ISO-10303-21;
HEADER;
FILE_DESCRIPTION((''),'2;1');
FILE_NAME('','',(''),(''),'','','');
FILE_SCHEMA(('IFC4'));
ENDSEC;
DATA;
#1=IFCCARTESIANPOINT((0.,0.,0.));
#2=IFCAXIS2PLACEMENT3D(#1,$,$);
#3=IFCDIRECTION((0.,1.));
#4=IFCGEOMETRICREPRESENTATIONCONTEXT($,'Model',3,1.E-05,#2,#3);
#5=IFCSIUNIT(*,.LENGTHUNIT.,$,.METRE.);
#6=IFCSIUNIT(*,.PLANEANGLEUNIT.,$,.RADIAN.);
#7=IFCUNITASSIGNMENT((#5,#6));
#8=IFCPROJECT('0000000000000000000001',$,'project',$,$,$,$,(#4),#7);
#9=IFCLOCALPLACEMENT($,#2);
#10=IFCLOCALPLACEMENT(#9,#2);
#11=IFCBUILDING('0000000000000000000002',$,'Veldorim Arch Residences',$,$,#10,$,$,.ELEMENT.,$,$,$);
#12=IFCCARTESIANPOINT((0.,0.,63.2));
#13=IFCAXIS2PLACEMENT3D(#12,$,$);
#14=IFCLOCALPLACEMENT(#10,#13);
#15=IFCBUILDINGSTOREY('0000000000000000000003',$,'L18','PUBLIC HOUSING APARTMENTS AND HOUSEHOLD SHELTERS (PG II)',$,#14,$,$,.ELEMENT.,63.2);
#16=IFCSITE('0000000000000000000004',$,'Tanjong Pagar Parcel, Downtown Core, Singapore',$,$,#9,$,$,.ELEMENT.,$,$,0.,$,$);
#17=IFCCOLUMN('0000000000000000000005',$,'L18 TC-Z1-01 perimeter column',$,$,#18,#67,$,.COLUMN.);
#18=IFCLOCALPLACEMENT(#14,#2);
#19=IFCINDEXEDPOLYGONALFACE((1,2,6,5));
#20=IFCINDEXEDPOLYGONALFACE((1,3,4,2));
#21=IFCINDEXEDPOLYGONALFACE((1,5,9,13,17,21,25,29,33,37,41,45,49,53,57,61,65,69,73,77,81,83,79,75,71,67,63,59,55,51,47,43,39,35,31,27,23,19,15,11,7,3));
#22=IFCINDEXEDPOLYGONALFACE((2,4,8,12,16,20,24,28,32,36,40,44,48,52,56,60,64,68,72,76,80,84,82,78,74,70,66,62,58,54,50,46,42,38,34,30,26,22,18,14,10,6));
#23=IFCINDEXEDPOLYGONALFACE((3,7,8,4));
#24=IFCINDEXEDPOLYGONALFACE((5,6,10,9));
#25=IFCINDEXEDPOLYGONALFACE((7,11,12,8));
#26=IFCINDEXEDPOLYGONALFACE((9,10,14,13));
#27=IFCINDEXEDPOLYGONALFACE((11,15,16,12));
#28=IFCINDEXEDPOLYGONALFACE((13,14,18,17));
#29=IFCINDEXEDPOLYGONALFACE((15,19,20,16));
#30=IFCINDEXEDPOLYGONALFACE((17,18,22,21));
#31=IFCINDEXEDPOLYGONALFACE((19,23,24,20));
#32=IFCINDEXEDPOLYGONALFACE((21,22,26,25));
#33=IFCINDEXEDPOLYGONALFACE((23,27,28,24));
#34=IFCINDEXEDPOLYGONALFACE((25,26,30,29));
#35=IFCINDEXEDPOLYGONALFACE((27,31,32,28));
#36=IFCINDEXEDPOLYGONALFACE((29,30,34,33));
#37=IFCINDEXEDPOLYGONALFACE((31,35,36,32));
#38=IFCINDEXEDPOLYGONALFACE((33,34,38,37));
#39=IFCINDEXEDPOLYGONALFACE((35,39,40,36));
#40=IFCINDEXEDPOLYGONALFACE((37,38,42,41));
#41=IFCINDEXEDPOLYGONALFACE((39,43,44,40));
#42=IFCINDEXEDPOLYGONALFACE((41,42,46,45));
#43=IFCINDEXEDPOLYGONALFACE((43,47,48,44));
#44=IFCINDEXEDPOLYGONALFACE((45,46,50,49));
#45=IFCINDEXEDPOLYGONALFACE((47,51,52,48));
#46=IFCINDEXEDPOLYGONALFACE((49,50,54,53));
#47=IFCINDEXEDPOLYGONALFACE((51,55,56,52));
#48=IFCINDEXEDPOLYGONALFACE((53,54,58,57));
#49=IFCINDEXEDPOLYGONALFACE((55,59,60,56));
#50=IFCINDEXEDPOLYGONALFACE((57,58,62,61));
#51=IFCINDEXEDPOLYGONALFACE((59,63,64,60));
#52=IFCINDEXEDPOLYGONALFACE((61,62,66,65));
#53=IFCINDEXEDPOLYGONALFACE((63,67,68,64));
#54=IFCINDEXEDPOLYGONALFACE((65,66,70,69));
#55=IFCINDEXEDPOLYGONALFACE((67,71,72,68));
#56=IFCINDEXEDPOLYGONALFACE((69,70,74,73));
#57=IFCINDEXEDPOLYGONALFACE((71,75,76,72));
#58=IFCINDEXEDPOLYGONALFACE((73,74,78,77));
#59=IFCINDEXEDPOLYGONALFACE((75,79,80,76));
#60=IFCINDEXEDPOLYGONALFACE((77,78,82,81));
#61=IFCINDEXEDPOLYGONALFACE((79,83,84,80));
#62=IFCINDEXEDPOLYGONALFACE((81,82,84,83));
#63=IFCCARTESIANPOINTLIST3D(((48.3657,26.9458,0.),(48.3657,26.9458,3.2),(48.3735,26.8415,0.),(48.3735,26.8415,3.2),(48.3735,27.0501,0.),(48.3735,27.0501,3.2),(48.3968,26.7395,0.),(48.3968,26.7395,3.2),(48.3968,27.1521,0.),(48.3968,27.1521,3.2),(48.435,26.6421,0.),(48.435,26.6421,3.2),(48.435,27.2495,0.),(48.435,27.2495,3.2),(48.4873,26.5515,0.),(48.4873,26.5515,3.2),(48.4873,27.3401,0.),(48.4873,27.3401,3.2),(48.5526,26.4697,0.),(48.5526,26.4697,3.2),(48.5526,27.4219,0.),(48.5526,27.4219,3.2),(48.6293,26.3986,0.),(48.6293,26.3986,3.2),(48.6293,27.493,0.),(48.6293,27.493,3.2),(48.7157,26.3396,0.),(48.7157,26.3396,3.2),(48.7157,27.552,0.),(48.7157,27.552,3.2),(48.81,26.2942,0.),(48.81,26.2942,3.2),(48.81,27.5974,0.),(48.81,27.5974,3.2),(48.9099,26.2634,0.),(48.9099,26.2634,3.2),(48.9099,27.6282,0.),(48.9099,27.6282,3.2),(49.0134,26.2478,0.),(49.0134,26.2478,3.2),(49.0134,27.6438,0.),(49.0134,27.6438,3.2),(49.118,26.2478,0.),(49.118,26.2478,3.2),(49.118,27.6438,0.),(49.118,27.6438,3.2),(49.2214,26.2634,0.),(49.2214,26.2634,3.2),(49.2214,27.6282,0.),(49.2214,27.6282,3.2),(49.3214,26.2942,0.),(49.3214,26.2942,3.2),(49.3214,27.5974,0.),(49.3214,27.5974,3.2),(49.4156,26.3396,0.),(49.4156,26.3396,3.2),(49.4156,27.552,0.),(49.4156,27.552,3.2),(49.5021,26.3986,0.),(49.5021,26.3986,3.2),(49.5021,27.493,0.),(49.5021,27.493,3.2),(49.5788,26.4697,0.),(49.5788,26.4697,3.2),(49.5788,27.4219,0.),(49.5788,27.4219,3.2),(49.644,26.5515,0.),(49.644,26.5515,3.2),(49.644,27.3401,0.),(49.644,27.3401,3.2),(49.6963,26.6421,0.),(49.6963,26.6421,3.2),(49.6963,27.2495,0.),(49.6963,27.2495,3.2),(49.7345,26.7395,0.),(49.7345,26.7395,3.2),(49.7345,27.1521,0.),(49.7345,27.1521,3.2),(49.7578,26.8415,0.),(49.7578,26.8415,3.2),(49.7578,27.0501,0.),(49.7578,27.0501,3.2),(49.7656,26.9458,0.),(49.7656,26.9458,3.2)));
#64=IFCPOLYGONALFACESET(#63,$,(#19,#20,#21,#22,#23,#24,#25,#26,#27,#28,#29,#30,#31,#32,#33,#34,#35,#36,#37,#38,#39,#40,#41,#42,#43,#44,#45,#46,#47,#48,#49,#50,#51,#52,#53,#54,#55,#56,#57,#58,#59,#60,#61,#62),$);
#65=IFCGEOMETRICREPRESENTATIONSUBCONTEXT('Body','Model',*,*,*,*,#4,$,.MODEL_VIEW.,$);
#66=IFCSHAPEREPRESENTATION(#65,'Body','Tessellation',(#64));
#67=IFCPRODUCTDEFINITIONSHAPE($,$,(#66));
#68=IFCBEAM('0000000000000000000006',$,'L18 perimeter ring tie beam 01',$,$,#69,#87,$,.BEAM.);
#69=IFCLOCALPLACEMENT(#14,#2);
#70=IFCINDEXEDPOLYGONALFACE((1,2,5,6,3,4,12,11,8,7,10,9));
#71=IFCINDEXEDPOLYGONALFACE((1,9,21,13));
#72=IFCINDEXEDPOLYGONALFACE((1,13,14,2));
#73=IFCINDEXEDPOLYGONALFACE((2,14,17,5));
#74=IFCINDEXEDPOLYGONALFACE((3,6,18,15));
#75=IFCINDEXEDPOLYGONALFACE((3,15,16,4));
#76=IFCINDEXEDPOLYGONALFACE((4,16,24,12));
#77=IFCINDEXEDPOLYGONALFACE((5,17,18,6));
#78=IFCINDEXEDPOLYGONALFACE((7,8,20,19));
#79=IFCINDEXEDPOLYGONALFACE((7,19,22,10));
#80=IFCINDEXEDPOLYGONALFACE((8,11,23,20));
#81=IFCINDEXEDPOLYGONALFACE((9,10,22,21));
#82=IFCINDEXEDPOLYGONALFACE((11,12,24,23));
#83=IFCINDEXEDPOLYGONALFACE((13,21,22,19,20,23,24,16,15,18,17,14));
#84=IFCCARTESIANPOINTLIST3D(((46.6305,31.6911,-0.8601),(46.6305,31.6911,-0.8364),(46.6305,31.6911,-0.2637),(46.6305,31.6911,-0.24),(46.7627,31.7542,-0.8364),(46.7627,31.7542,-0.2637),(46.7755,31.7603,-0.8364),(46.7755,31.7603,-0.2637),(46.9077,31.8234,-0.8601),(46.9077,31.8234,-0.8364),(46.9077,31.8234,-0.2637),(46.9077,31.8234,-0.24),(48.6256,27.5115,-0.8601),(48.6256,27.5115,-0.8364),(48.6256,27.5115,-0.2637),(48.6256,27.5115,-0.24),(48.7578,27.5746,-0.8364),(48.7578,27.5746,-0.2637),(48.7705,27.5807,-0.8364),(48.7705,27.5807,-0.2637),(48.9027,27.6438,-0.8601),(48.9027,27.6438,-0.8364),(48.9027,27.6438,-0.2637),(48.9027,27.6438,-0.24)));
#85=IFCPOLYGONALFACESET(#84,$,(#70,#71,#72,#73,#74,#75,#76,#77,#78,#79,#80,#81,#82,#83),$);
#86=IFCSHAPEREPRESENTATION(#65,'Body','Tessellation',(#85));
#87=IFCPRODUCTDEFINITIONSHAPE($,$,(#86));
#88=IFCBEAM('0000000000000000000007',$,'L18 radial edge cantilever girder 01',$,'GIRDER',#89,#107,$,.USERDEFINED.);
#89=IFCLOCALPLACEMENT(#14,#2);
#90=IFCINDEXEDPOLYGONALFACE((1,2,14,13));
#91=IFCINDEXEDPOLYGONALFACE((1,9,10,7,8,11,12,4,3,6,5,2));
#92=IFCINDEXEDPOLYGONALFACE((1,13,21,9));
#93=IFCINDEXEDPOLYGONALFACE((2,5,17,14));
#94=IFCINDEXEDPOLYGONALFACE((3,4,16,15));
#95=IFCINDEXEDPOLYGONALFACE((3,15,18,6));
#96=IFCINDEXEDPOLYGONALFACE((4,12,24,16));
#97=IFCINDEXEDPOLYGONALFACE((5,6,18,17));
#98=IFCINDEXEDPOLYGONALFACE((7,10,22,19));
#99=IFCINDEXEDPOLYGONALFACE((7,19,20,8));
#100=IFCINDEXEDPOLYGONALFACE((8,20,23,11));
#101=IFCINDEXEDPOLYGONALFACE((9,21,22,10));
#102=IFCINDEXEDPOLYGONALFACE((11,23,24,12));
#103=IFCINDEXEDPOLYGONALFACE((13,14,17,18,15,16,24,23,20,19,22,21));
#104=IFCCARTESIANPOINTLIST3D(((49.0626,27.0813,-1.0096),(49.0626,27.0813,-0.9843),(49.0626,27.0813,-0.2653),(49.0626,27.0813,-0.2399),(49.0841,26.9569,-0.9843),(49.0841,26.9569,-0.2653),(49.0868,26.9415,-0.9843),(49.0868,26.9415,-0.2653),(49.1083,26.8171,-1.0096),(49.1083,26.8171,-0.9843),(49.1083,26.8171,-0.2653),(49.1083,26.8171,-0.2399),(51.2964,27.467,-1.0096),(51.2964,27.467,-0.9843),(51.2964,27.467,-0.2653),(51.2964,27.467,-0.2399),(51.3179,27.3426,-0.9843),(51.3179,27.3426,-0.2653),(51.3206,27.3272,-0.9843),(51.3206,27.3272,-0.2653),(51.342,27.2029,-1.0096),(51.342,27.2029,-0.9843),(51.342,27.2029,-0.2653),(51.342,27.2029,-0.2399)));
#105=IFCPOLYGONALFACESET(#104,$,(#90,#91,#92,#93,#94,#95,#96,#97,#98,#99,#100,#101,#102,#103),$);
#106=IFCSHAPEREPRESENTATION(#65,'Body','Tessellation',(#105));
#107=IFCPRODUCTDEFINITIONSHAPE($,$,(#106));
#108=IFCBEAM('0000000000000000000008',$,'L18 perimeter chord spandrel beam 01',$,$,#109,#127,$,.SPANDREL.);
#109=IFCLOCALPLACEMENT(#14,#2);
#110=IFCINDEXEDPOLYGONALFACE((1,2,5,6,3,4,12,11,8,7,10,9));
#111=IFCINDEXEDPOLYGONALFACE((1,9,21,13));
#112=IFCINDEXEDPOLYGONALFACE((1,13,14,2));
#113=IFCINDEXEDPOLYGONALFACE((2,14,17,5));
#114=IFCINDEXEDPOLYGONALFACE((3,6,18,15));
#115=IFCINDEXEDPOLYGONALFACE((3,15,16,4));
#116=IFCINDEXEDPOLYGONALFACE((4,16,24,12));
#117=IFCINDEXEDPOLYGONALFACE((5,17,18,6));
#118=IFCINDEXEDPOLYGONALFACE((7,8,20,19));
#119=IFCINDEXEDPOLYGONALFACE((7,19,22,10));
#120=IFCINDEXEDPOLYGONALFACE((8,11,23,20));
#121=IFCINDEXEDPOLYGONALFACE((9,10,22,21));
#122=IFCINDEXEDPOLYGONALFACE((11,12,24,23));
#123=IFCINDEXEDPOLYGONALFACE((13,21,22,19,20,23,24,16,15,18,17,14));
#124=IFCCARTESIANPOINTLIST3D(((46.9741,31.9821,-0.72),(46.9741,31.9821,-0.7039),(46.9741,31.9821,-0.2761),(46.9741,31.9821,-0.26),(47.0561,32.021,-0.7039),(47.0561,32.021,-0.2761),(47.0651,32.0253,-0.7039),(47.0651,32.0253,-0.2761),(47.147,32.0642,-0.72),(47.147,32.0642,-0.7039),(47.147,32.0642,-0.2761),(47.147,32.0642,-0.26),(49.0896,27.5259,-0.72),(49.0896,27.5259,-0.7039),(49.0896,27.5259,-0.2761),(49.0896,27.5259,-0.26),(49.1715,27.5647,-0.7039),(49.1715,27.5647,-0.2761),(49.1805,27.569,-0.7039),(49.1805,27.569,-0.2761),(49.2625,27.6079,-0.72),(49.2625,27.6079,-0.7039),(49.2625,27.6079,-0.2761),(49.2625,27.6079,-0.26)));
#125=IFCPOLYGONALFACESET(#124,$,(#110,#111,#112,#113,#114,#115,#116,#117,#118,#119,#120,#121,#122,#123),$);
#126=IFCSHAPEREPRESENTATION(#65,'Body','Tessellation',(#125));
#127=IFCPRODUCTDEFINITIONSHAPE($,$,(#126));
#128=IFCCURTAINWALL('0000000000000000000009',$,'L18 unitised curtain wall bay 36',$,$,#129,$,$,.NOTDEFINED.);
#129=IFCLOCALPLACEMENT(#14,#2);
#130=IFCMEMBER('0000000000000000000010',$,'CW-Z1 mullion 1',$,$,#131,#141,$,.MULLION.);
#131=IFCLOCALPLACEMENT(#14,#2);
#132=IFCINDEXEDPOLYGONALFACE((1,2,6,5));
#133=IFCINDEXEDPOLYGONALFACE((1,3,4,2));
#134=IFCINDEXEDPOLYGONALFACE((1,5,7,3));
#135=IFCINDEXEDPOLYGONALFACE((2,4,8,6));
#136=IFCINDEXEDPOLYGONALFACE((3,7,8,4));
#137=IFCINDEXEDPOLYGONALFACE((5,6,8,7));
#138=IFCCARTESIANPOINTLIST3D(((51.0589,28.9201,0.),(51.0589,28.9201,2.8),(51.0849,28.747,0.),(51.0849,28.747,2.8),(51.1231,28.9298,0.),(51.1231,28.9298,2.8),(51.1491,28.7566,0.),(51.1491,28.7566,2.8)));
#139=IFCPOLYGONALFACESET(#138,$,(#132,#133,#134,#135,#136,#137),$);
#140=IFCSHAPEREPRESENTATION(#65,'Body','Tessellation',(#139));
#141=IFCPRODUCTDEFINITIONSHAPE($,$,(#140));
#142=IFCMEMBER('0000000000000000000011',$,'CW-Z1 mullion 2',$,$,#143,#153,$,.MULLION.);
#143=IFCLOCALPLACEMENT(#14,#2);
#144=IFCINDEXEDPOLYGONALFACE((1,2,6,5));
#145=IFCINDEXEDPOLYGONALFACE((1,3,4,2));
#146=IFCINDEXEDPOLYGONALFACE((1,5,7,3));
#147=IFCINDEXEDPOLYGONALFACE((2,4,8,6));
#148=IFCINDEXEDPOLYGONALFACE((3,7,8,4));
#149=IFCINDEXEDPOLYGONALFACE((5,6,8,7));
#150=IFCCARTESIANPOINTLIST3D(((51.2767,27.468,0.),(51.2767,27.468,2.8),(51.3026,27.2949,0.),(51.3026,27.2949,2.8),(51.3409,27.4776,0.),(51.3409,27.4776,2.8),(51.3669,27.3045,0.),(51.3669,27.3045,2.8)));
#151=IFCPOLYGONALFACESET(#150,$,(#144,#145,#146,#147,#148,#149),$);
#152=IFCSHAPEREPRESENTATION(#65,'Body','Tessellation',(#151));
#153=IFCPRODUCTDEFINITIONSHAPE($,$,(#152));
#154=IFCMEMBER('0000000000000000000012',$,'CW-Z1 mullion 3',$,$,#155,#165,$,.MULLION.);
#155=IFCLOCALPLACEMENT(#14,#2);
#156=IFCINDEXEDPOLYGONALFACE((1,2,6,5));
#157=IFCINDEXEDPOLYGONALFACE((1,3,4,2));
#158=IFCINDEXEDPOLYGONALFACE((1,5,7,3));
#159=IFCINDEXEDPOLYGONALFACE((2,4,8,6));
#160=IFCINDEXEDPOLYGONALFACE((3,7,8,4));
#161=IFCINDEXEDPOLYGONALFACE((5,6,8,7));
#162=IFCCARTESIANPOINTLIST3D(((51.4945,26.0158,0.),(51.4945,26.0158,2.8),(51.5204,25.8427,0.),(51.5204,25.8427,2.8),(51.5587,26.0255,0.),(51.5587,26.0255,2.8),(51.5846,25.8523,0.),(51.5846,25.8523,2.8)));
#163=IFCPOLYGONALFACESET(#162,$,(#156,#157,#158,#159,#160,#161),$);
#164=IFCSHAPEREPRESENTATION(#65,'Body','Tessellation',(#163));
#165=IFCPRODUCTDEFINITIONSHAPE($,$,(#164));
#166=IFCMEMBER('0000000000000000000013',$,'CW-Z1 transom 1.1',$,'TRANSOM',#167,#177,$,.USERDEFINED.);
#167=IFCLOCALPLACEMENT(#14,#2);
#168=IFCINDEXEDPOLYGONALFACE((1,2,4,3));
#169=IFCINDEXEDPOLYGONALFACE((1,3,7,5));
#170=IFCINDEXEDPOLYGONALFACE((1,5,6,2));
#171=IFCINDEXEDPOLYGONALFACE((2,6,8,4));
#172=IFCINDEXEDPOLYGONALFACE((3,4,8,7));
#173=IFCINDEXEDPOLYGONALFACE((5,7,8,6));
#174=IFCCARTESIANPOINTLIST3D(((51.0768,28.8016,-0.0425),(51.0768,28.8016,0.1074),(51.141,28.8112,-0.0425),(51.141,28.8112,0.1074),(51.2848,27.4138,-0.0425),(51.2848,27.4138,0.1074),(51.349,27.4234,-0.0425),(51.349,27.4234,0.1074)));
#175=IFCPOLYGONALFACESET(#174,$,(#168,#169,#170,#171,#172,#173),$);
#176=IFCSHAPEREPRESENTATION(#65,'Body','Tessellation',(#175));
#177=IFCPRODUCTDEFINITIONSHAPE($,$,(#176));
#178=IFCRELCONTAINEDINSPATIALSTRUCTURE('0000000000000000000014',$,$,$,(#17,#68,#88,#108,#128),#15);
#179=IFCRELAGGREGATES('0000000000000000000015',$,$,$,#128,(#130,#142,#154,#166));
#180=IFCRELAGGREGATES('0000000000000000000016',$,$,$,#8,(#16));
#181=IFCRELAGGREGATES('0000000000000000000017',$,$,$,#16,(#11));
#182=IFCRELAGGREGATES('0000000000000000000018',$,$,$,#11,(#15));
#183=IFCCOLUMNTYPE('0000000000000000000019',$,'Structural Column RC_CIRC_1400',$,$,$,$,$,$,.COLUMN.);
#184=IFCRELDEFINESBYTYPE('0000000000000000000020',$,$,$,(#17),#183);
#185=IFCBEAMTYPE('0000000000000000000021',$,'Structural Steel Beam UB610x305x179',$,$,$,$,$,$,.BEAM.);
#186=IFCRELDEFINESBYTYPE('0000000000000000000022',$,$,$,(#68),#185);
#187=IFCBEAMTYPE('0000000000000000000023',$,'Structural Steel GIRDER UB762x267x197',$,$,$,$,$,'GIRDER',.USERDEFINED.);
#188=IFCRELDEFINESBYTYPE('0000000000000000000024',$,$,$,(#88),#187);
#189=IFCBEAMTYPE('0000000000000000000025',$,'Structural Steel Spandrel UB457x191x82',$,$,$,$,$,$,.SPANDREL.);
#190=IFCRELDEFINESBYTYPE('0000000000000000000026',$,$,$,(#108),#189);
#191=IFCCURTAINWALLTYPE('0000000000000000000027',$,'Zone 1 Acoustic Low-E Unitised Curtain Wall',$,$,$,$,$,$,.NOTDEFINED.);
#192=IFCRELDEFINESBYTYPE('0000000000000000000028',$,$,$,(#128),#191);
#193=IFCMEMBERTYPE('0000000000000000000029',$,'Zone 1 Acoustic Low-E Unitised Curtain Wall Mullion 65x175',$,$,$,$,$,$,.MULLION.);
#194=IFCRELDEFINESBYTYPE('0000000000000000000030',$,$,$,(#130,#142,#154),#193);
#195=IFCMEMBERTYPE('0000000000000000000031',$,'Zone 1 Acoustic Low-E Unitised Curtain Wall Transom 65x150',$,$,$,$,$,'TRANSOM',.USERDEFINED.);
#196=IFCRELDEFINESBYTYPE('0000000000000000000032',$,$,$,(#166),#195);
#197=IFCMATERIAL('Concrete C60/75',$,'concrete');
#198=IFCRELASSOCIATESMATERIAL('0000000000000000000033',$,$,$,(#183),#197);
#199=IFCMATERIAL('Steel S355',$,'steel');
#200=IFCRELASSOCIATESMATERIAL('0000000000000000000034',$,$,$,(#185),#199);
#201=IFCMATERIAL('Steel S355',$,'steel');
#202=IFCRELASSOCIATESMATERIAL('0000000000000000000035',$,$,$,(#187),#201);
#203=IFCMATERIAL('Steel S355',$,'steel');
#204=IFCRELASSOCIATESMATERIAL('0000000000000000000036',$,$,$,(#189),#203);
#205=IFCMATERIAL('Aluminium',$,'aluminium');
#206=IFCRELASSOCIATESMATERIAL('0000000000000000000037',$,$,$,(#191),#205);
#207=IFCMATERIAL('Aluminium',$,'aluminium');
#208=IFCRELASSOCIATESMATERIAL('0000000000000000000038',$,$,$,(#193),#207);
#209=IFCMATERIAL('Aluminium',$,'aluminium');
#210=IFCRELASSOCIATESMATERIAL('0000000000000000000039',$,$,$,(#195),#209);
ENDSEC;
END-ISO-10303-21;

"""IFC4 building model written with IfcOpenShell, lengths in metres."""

from ifc_helpers import new_model, si_unit, direction, frame, origin, origin_2d, place, context, subcontext, project, spatial, rectangle, circle, i_section, extrude, material, material_profile, profile_set, type_object, element, aggregate, save


model = new_model("IFC4")

# Units and contexts
model_context = context("Model", 3, precision=1e-05, world=origin(), true_north=direction((0.0, 1.0)))
body_context = subcontext(model_context, "Body", "Model", "MODEL_VIEW")
ifc_project = project(units=[si_unit("LENGTHUNIT", "METRE"), si_unit("PLANEANGLEUNIT", "RADIAN")], contexts=[model_context])

# Site, building, storey
site_placement = place(None, origin())
site = spatial("IfcSite", under=ifc_project, at=site_placement, Name="Tanjong Pagar Parcel, Downtown Core, Singapore", CompositionType="ELEMENT", RefElevation=0.0)
building_placement = place(site_placement, origin())
building = spatial("IfcBuilding", under=site, at=building_placement, Name="Veldorim Arch Residences", CompositionType="ELEMENT")
storey_placement = place(building_placement, frame((0.0, 0.0, 63.2)))
storey = spatial("IfcBuildingStorey", under=building, at=storey_placement, Name="L18", Description="PUBLIC HOUSING APARTMENTS AND HOUSEHOLD SHELTERS (PG II)", CompositionType="ELEMENT", Elevation=63.2)

# Column
ifc_material_1 = material(Name="Concrete C60/75", Category="concrete")
ifc_material_profile_1 = material_profile(ifc_material_1, circle(Radius=0.7, at=origin_2d()), Name="RC_CIRC_1400")
ifc_profile_set_1 = profile_set([ifc_material_profile_1], Name="Concrete C60/75")
column_type = type_object("IfcColumnType", Name="Structural Column RC_CIRC_1400", PredefinedType="COLUMN", material=ifc_profile_set_1)
column_placement = place(storey_placement, frame((49.0657, 26.9458, 0.0), z_axis=(0.0, 0.0, 1.0), x_axis=(1.0, 0.0, 0.0)))
element("IfcColumn", 1, at=column_placement, inside=storey, type_object=column_type, Name="L18 TC-Z1-01 perimeter column", PredefinedType="COLUMN", context=body_context, shape_type="SweptSolid", body=[
    extrude(circle(Radius=0.7, at=origin_2d()), origin(), (0.0, 0.0, 1.0), 3.2),
])

# Beams
ifc_material_2 = material(Name="Steel S355", Category="steel")
ifc_material_profile_2 = material_profile(ifc_material_2, i_section(OverallWidth=0.3071, OverallDepth=0.6201, WebThickness=0.0142, FlangeThickness=0.0237, at=origin_2d()), Name="UB610x305x179")
ifc_profile_set_2 = profile_set([ifc_material_profile_2], Name="Steel S355")
beam_type_1 = type_object("IfcBeamType", Name="Structural Steel Beam UB610x305x179", PredefinedType="BEAM", material=ifc_profile_set_2)
beam_1_placement = place(storey_placement, frame((48.7642, 27.5776, -0.55), z_axis=(-0.430776, 0.902459, 0.0), x_axis=(-0.902459, -0.430776, 0.0)))
element("IfcBeam", 2, at=beam_1_placement, inside=storey, type_object=beam_type_1, Name="L18 perimeter ring tie beam 01", PredefinedType="BEAM", context=body_context, shape_type="SweptSolid", body=[
    extrude(i_section(OverallWidth=0.3071, OverallDepth=0.6201, WebThickness=0.0142, FlangeThickness=0.0237, at=origin_2d()), origin(), (0.0, 0.0, 1.0), 4.6313),
])
ifc_material_3 = material(Name="Steel S355", Category="steel")
ifc_material_profile_3 = material_profile(ifc_material_3, i_section(OverallWidth=0.2681, OverallDepth=0.7698, WebThickness=0.0156, FlangeThickness=0.0254, at=origin_2d()), Name="UB762x267x197")
ifc_profile_set_3 = profile_set([ifc_material_profile_3], Name="Steel S355")
beam_type_2 = type_object("IfcBeamType", Name="Structural Steel GIRDER UB762x267x197", ElementType="GIRDER", PredefinedType="USERDEFINED", material=ifc_profile_set_3)
beam_2_placement = place(storey_placement, frame((49.0854, 26.9492, -0.6248), z_axis=(0.985417, 0.170159, 0.0), x_axis=(-0.170159, 0.985417, 0.0)))
element("IfcBeam", 3, at=beam_2_placement, inside=storey, type_object=beam_type_2, Name="L18 radial edge cantilever girder 01", ObjectType="GIRDER", PredefinedType="USERDEFINED", context=body_context, shape_type="SweptSolid", body=[
    extrude(i_section(OverallWidth=0.2681, OverallDepth=0.7698, WebThickness=0.0156, FlangeThickness=0.0254, at=origin_2d()), origin(), (0.0, 0.0, 1.0), 2.2668),
])
ifc_material_4 = material(Name="Steel S355", Category="steel")
ifc_material_profile_4 = material_profile(ifc_material_4, i_section(OverallWidth=0.1914, OverallDepth=0.46, WebThickness=0.01, FlangeThickness=0.0161, at=origin_2d()), Name="UB457x191x82")
ifc_profile_set_4 = profile_set([ifc_material_profile_4], Name="Steel S355")
beam_type_3 = type_object("IfcBeamType", Name="Structural Steel Spandrel UB457x191x82", PredefinedType="SPANDREL", material=ifc_profile_set_4)
beam_3_placement = place(storey_placement, frame((49.176, 27.5669, -0.49), z_axis=(-0.428848, 0.903377, 0.0), x_axis=(-0.903377, -0.428848, 0.0)))
element("IfcBeam", 4, at=beam_3_placement, inside=storey, type_object=beam_type_3, Name="L18 perimeter chord spandrel beam 01", PredefinedType="SPANDREL", context=body_context, shape_type="SweptSolid", body=[
    extrude(i_section(OverallWidth=0.1914, OverallDepth=0.46, WebThickness=0.01, FlangeThickness=0.0161, at=origin_2d()), origin(), (0.0, 0.0, 1.0), 4.9329),
])

# Curtain wall, members
ifc_material_5 = material(Name="Aluminium", Category="aluminium")
curtain_wall_type = type_object("IfcCurtainWallType", Name="Zone 1 Acoustic Low-E Unitised Curtain Wall", PredefinedType="NOTDEFINED", material=ifc_material_5)
curtain_wall_placement = place(storey_placement, origin())
curtain_wall = element("IfcCurtainWall", 5, at=curtain_wall_placement, inside=storey, type_object=curtain_wall_type, Name="L18 unitised curtain wall bay 36", PredefinedType="NOTDEFINED")
ifc_material_6 = material(Name="Aluminium", Category="aluminium")
ifc_material_profile_5 = material_profile(ifc_material_6, rectangle(XDim=0.0649, YDim=0.175, at=origin_2d()), Name="ALU_MUL_65x175")
ifc_profile_set_5 = profile_set([ifc_material_profile_5], Name="Aluminium")
member_type_1 = type_object("IfcMemberType", Name="Zone 1 Acoustic Low-E Unitised Curtain Wall Mullion 65x175", PredefinedType="MULLION", material=ifc_profile_set_5)
member_1_placement = place(storey_placement, frame((51.104, 28.8384, 0.0), z_axis=(0.0, 0.0, 1.0), x_axis=(0.988941, 0.148306, 0.0)))
member_1 = element("IfcMember", 6, at=member_1_placement, type_object=member_type_1, Name="CW-Z1 mullion 1", PredefinedType="MULLION", context=body_context, shape_type="SweptSolid", body=[
    extrude(rectangle(XDim=0.0649, YDim=0.175, at=origin_2d()), origin(), (0.0, 0.0, 1.0), 2.8),
])
member_2_placement = place(storey_placement, frame((51.3218, 27.3862, 0.0), z_axis=(0.0, 0.0, 1.0), x_axis=(0.988941, 0.148306, 0.0)))
member_2 = element("IfcMember", 7, at=member_2_placement, type_object=member_type_1, Name="CW-Z1 mullion 2", PredefinedType="MULLION", context=body_context, shape_type="SweptSolid", body=[
    extrude(rectangle(XDim=0.0649, YDim=0.175, at=origin_2d()), origin(), (0.0, 0.0, 1.0), 2.8),
])
member_3_placement = place(storey_placement, frame((51.5396, 25.9341, 0.0), z_axis=(0.0, 0.0, 1.0), x_axis=(0.988941, 0.148306, 0.0)))
member_3 = element("IfcMember", 8, at=member_3_placement, type_object=member_type_1, Name="CW-Z1 mullion 3", PredefinedType="MULLION", context=body_context, shape_type="SweptSolid", body=[
    extrude(rectangle(XDim=0.0649, YDim=0.175, at=origin_2d()), origin(), (0.0, 0.0, 1.0), 2.8),
])
ifc_material_7 = material(Name="Aluminium", Category="aluminium")
ifc_material_profile_6 = material_profile(ifc_material_7, rectangle(XDim=0.0649, YDim=0.1499, at=origin_2d()), Name="ALU_TRN_65x150")
ifc_profile_set_6 = profile_set([ifc_material_profile_6], Name="Aluminium")
member_type_2 = type_object("IfcMemberType", Name="Zone 1 Acoustic Low-E Unitised Curtain Wall Transom 65x150", ElementType="TRANSOM", PredefinedType="USERDEFINED", material=ifc_profile_set_6)
member_4_placement = place(storey_placement, frame((51.1089, 28.8064, 0.0325), z_axis=(0.148213, -0.988955, 0.0), x_axis=(0.988955, 0.148213, 0.0)))
member_4 = element("IfcMember", 9, at=member_4_placement, type_object=member_type_2, Name="CW-Z1 transom 1.1", ObjectType="TRANSOM", PredefinedType="USERDEFINED", context=body_context, shape_type="SweptSolid", body=[
    extrude(rectangle(XDim=0.0649, YDim=0.1499, at=origin_2d()), origin(), (0.0, 0.0, 1.0), 1.4033),
])
aggregate(curtain_wall, [member_1, member_2, member_3, member_4])

save(model, "model.ifc")
